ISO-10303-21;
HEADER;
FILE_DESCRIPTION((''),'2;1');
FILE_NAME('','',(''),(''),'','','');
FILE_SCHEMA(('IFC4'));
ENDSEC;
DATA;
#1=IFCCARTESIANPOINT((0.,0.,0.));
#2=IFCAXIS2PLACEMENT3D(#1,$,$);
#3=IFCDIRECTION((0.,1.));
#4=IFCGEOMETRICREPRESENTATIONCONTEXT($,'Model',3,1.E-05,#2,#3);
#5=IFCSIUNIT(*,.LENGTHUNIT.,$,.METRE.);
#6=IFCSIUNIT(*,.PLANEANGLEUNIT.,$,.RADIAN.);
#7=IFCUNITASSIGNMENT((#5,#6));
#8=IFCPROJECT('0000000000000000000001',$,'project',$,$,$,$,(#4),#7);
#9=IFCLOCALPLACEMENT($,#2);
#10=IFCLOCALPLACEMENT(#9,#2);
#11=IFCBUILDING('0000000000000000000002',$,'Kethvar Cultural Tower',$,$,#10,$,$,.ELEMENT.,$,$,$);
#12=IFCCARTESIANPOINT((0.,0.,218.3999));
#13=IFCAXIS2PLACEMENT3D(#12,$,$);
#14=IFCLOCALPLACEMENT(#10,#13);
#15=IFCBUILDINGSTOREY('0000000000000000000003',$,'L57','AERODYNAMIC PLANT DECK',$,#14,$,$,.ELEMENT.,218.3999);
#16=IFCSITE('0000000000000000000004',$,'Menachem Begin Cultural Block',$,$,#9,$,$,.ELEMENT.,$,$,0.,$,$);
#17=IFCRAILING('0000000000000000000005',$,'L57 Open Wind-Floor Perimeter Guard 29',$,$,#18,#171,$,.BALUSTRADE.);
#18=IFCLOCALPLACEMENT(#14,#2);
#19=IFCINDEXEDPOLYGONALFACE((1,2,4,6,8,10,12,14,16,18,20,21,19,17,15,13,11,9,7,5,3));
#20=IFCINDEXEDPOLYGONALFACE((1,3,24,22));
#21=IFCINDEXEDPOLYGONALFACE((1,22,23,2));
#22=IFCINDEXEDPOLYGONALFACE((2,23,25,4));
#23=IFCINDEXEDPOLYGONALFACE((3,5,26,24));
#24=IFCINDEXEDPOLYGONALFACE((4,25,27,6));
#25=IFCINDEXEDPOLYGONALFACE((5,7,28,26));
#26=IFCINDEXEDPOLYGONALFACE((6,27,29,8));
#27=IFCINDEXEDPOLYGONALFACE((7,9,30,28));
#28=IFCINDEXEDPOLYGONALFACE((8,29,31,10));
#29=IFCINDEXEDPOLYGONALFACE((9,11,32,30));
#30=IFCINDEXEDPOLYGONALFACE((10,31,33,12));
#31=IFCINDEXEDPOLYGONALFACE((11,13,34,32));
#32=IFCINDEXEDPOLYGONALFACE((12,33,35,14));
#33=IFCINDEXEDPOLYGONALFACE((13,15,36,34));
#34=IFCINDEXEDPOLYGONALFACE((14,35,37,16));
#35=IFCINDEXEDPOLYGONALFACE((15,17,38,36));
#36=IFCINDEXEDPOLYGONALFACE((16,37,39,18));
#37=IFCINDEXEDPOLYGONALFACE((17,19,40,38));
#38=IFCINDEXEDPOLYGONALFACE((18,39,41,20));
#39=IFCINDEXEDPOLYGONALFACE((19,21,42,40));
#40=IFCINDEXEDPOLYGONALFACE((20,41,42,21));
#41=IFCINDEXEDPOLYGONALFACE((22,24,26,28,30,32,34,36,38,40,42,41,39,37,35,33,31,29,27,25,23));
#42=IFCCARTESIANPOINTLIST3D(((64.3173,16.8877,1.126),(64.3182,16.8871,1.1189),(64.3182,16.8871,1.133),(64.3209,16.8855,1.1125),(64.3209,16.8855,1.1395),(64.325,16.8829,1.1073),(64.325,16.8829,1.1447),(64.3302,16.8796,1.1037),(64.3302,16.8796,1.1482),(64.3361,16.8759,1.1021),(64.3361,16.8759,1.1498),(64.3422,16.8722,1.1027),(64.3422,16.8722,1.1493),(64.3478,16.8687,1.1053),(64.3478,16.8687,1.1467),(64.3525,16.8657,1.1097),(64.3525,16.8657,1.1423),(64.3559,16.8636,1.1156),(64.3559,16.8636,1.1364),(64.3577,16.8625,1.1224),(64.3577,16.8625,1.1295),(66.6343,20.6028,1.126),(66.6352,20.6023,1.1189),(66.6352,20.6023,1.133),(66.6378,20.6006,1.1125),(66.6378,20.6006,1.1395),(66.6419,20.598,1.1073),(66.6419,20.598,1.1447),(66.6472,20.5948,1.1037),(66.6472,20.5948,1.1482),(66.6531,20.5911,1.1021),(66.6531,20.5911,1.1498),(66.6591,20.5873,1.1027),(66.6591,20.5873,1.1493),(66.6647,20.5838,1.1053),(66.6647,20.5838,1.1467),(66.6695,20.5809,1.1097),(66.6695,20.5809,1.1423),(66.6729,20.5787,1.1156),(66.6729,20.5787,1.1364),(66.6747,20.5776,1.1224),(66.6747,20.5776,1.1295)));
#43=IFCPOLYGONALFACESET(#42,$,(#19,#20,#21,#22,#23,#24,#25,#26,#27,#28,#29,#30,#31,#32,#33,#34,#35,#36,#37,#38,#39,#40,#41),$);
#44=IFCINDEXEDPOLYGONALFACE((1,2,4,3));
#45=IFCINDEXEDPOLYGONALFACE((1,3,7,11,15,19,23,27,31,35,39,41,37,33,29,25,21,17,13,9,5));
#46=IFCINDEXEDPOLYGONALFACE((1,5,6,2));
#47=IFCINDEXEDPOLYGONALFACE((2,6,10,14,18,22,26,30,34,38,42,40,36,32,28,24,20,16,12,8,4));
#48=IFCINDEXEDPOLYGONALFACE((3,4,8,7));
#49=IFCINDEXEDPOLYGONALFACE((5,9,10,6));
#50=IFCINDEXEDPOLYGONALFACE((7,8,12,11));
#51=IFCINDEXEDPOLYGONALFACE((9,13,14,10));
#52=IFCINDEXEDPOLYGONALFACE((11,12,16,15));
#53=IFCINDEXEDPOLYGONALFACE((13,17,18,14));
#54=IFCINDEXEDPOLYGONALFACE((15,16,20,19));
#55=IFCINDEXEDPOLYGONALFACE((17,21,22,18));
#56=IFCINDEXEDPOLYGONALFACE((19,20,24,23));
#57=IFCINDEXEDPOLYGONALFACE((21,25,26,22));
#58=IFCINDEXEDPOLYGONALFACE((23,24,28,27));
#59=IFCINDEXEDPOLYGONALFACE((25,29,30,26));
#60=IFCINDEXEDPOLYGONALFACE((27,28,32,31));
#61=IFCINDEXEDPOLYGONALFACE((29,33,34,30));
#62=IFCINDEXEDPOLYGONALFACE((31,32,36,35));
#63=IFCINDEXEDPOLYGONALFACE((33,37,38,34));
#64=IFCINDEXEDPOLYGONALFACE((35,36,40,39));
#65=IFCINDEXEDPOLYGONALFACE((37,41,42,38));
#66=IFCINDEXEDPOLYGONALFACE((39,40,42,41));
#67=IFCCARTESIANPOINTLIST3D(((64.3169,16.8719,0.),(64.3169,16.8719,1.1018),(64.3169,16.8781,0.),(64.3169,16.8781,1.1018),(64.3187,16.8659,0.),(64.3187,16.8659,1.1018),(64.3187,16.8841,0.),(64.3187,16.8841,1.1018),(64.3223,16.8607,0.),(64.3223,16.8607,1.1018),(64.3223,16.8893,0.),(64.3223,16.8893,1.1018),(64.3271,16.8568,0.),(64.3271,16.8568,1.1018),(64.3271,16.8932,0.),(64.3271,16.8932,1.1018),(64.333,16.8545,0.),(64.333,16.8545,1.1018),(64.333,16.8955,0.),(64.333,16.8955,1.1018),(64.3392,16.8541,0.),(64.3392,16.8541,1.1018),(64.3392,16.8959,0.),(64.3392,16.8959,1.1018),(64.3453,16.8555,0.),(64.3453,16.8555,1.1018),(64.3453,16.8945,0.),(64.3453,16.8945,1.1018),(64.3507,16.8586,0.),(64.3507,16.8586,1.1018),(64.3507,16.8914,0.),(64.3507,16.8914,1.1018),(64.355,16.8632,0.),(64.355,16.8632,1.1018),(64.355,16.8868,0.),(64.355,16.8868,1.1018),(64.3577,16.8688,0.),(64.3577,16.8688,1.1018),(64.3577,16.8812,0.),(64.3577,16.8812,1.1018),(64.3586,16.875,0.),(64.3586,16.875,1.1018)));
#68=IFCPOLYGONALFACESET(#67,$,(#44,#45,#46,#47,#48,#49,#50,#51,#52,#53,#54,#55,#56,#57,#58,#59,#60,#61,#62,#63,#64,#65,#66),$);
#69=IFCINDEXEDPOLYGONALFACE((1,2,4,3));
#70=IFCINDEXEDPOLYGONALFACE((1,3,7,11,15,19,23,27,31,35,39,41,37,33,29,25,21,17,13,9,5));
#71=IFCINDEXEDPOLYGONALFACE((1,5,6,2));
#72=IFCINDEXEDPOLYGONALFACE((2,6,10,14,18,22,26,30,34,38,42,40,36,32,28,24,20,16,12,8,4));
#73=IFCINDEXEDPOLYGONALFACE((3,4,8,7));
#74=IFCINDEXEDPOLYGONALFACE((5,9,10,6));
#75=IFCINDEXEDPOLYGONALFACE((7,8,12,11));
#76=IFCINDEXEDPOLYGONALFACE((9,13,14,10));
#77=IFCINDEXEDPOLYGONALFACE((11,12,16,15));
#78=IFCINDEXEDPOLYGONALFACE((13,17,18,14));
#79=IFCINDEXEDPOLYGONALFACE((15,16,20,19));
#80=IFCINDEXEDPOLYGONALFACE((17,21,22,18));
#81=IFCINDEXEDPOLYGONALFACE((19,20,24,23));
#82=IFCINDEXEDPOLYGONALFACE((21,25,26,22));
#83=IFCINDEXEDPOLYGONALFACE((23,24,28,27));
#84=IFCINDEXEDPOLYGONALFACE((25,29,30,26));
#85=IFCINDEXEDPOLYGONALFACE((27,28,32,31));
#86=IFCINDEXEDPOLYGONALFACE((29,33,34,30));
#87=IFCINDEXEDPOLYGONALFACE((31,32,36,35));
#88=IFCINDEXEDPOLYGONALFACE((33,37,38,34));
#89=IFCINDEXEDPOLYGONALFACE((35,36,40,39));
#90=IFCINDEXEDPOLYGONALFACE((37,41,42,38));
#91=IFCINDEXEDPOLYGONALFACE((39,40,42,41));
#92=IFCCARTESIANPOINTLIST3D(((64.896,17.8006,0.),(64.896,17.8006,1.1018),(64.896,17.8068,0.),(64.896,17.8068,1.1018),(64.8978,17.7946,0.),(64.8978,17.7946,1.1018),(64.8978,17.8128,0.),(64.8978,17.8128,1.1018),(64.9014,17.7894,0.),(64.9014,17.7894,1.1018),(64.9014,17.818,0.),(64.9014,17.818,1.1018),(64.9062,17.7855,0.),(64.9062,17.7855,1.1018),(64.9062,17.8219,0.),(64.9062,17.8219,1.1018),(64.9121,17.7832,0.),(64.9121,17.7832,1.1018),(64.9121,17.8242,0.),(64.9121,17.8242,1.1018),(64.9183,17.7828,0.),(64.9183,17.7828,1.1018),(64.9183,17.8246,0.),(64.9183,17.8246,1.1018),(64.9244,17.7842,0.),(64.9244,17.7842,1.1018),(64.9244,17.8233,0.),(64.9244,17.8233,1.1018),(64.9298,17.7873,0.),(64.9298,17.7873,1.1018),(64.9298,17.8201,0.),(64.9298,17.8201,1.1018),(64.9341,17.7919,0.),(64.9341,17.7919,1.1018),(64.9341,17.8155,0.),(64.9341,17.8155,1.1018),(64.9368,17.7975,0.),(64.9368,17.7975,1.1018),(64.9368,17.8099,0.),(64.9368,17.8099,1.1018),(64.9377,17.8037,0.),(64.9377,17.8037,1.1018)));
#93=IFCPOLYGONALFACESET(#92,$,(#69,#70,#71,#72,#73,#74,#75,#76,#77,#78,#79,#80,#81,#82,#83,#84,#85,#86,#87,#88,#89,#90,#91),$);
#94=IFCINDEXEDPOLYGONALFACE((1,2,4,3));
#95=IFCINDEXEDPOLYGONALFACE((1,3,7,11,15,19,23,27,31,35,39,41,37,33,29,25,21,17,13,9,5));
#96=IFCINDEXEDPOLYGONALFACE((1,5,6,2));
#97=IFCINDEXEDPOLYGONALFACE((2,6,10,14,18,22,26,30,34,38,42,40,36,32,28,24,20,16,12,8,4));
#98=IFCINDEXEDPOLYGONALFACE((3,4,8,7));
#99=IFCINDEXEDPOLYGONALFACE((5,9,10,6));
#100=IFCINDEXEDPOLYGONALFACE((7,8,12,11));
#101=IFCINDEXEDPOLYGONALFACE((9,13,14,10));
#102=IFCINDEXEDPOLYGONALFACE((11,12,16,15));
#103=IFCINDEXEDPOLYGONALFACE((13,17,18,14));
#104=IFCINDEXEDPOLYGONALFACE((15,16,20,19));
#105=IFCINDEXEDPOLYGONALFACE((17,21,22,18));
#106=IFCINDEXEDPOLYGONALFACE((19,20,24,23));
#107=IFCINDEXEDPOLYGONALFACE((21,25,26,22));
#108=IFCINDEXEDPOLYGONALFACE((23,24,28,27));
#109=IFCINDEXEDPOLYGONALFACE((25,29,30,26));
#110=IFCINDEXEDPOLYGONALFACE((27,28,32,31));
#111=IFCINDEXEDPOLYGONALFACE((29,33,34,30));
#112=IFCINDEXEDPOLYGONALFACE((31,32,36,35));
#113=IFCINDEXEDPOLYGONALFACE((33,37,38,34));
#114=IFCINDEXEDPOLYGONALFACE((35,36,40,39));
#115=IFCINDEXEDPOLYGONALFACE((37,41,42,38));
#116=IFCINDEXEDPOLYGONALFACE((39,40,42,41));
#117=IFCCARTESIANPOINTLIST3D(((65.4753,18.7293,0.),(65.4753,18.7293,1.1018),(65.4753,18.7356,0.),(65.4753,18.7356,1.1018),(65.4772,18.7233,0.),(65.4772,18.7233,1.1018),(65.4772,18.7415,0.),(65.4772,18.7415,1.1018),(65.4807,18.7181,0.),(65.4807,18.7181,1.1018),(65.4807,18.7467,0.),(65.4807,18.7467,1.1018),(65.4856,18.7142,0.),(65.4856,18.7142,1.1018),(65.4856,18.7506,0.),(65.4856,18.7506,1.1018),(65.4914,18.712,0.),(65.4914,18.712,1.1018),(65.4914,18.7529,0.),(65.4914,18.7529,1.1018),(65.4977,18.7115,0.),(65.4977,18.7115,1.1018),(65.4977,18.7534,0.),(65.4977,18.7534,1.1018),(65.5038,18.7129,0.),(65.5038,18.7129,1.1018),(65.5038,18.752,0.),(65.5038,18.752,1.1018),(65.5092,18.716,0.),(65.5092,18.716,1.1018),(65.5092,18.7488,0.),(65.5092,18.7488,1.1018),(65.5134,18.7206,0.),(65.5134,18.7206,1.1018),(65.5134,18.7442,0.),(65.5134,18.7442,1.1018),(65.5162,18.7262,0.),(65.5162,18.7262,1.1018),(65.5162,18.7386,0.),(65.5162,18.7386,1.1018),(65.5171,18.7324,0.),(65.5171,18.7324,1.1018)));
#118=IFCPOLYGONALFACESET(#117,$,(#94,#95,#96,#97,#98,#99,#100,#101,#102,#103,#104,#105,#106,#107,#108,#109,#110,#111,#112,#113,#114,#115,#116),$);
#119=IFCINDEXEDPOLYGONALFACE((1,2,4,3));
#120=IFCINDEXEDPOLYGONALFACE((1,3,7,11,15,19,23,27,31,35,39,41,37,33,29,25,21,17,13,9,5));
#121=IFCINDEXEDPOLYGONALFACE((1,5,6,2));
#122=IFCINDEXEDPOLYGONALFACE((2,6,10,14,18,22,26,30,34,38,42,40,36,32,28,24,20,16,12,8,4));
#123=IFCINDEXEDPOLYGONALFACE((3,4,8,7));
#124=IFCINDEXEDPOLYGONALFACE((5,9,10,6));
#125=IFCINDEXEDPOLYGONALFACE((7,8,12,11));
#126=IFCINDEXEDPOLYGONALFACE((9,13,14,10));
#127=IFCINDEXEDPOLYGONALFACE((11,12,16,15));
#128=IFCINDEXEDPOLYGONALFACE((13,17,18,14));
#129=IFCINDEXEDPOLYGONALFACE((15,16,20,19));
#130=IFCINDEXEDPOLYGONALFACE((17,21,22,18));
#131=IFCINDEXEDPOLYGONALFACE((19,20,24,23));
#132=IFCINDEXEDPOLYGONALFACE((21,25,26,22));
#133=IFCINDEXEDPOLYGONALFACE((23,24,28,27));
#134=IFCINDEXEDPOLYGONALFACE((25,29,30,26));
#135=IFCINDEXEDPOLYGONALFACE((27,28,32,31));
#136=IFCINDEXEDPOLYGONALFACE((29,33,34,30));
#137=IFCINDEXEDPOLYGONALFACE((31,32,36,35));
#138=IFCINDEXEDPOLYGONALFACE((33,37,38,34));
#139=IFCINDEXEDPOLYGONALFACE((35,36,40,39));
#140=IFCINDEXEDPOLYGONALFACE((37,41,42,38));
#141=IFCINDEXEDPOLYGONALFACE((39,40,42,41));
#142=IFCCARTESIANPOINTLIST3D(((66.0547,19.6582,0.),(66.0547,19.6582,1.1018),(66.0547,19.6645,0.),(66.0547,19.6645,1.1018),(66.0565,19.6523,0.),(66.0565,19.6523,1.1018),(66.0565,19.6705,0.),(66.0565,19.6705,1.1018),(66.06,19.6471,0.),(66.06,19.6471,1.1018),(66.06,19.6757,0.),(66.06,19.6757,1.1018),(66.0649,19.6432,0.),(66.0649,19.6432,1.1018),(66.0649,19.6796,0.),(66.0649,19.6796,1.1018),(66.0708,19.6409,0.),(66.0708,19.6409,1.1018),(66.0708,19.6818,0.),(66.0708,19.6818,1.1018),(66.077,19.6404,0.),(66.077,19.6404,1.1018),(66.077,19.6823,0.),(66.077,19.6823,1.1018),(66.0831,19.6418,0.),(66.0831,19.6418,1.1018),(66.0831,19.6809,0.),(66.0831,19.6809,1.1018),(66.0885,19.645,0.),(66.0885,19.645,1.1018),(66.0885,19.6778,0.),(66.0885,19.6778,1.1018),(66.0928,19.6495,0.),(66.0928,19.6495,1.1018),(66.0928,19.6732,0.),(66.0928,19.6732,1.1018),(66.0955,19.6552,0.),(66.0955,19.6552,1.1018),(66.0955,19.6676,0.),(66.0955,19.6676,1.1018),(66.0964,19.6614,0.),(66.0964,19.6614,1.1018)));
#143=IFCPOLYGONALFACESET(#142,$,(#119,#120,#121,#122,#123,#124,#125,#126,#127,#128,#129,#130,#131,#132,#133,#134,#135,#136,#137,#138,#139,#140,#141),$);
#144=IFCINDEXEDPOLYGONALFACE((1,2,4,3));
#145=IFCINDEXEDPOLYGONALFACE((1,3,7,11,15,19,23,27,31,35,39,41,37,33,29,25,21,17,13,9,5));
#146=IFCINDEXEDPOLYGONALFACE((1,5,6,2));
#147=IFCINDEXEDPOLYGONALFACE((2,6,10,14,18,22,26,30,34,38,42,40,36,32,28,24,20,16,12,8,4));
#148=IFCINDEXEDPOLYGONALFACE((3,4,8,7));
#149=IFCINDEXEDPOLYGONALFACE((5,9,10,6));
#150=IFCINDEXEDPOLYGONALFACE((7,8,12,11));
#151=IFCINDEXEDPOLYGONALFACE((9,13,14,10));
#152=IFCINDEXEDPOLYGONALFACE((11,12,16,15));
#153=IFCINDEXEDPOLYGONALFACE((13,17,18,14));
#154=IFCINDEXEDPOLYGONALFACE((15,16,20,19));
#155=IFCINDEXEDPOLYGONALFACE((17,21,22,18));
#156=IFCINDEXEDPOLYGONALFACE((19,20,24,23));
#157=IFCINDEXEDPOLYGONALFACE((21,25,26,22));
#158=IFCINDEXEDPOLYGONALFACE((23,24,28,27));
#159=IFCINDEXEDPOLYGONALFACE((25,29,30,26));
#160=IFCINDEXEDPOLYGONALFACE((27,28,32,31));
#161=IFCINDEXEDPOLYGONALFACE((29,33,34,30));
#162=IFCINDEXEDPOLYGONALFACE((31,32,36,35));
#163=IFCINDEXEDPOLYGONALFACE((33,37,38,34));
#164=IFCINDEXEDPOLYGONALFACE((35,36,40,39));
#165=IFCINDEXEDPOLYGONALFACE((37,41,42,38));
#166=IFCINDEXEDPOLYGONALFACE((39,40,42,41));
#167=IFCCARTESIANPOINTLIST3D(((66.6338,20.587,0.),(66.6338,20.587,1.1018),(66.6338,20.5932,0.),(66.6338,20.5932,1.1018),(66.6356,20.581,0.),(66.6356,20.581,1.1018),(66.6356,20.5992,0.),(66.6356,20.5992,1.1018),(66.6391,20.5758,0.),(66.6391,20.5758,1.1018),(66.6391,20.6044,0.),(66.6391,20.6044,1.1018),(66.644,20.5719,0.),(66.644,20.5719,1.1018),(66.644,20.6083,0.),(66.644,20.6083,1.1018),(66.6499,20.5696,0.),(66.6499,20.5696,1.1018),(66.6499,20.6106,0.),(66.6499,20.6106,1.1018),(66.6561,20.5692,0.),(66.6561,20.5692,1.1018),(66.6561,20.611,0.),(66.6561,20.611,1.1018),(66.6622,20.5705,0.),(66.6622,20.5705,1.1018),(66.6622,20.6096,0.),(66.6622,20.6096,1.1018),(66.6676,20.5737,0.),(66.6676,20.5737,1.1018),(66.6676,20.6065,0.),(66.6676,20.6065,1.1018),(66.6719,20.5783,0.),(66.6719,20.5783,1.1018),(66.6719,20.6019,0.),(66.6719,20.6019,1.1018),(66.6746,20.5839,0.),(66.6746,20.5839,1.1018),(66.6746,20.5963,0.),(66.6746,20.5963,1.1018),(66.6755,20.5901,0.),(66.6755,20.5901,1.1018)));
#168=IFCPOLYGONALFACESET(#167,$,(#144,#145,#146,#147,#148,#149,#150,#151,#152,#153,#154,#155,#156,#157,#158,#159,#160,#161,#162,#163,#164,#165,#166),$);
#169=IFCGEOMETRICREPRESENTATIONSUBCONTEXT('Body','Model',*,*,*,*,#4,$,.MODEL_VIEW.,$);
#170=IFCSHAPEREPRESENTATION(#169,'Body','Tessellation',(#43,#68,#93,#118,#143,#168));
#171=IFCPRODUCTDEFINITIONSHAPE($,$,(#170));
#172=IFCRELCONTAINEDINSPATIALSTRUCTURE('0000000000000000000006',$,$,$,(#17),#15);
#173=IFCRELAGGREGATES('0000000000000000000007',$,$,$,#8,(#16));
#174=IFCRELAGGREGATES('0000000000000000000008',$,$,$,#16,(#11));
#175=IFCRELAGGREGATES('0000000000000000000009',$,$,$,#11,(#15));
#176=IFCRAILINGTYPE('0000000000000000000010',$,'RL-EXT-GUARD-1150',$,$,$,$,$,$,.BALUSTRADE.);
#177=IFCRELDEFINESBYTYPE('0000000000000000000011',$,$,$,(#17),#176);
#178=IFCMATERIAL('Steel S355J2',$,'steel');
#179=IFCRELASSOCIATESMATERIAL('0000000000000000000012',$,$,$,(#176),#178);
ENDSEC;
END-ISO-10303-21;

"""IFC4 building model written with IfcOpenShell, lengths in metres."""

from ifc_helpers import new_model, si_unit, direction, frame, origin, origin_2d, place, context, subcontext, project, spatial, circle, extrude, material, type_object, element, save


model = new_model("IFC4")

# Units and contexts
model_context = context("Model", 3, precision=1e-05, world=origin(), true_north=direction((0.0, 1.0)))
body_context = subcontext(model_context, "Body", "Model", "MODEL_VIEW")
ifc_project = project(units=[si_unit("LENGTHUNIT", "METRE"), si_unit("PLANEANGLEUNIT", "RADIAN")], contexts=[model_context])

# Site, building, storey
site_placement = place(None, origin())
site = spatial("IfcSite", under=ifc_project, at=site_placement, Name="Menachem Begin Cultural Block", CompositionType="ELEMENT", RefElevation=0.0)
building_placement = place(site_placement, origin())
building = spatial("IfcBuilding", under=site, at=building_placement, Name="Kethvar Cultural Tower", CompositionType="ELEMENT")
storey_placement = place(building_placement, frame((0.0, 0.0, 218.3999)))
storey = spatial("IfcBuildingStorey", under=building, at=storey_placement, Name="L57", Description="AERODYNAMIC PLANT DECK", CompositionType="ELEMENT", Elevation=218.3999)

# Shared definitions
ifc_material_1 = material(Name="Steel S355J2", Category="steel")

# Railing
railing_type_1 = type_object("IfcRailingType", Name="RL-EXT-GUARD-1150", PredefinedType="BALUSTRADE", material=ifc_material_1)
railing_1_placement = place(storey_placement, frame((64.3376, 16.875, 0.0)))
element("IfcRailing", 1, at=railing_1_placement, inside=storey, type_object=railing_type_1, Name="L57 Open Wind-Floor Perimeter Guard 29", PredefinedType="BALUSTRADE", context=body_context, shape_type="SweptSolid", body=[
    extrude(circle(Radius=0.0239, at=origin_2d()), frame((0.0, 0.0, 1.126), z_axis=(0.529172, 0.848515, 0.0), x_axis=(-0.848515, 0.529172, 0.0)), (0.0, 0.0, 1.0), 4.3784),
    extrude(circle(Radius=0.021, at=origin_2d()), origin(), (0.0, 0.0, 1.0), 1.1018),
    extrude(circle(Radius=0.021, at=origin_2d()), frame((0.5791, 0.9287, 0.0)), (0.0, 0.0, 1.0), 1.1018),
    extrude(circle(Radius=0.021, at=origin_2d()), frame((1.1584, 1.8574, 0.0)), (0.0, 0.0, 1.0), 1.1018),
    extrude(circle(Radius=0.021, at=origin_2d()), frame((1.7378, 2.7864, 0.0)), (0.0, 0.0, 1.0), 1.1018),
    extrude(circle(Radius=0.021, at=origin_2d()), frame((2.3169, 3.7151, 0.0)), (0.0, 0.0, 1.0), 1.1018),
])

save(model, "model.ifc")
